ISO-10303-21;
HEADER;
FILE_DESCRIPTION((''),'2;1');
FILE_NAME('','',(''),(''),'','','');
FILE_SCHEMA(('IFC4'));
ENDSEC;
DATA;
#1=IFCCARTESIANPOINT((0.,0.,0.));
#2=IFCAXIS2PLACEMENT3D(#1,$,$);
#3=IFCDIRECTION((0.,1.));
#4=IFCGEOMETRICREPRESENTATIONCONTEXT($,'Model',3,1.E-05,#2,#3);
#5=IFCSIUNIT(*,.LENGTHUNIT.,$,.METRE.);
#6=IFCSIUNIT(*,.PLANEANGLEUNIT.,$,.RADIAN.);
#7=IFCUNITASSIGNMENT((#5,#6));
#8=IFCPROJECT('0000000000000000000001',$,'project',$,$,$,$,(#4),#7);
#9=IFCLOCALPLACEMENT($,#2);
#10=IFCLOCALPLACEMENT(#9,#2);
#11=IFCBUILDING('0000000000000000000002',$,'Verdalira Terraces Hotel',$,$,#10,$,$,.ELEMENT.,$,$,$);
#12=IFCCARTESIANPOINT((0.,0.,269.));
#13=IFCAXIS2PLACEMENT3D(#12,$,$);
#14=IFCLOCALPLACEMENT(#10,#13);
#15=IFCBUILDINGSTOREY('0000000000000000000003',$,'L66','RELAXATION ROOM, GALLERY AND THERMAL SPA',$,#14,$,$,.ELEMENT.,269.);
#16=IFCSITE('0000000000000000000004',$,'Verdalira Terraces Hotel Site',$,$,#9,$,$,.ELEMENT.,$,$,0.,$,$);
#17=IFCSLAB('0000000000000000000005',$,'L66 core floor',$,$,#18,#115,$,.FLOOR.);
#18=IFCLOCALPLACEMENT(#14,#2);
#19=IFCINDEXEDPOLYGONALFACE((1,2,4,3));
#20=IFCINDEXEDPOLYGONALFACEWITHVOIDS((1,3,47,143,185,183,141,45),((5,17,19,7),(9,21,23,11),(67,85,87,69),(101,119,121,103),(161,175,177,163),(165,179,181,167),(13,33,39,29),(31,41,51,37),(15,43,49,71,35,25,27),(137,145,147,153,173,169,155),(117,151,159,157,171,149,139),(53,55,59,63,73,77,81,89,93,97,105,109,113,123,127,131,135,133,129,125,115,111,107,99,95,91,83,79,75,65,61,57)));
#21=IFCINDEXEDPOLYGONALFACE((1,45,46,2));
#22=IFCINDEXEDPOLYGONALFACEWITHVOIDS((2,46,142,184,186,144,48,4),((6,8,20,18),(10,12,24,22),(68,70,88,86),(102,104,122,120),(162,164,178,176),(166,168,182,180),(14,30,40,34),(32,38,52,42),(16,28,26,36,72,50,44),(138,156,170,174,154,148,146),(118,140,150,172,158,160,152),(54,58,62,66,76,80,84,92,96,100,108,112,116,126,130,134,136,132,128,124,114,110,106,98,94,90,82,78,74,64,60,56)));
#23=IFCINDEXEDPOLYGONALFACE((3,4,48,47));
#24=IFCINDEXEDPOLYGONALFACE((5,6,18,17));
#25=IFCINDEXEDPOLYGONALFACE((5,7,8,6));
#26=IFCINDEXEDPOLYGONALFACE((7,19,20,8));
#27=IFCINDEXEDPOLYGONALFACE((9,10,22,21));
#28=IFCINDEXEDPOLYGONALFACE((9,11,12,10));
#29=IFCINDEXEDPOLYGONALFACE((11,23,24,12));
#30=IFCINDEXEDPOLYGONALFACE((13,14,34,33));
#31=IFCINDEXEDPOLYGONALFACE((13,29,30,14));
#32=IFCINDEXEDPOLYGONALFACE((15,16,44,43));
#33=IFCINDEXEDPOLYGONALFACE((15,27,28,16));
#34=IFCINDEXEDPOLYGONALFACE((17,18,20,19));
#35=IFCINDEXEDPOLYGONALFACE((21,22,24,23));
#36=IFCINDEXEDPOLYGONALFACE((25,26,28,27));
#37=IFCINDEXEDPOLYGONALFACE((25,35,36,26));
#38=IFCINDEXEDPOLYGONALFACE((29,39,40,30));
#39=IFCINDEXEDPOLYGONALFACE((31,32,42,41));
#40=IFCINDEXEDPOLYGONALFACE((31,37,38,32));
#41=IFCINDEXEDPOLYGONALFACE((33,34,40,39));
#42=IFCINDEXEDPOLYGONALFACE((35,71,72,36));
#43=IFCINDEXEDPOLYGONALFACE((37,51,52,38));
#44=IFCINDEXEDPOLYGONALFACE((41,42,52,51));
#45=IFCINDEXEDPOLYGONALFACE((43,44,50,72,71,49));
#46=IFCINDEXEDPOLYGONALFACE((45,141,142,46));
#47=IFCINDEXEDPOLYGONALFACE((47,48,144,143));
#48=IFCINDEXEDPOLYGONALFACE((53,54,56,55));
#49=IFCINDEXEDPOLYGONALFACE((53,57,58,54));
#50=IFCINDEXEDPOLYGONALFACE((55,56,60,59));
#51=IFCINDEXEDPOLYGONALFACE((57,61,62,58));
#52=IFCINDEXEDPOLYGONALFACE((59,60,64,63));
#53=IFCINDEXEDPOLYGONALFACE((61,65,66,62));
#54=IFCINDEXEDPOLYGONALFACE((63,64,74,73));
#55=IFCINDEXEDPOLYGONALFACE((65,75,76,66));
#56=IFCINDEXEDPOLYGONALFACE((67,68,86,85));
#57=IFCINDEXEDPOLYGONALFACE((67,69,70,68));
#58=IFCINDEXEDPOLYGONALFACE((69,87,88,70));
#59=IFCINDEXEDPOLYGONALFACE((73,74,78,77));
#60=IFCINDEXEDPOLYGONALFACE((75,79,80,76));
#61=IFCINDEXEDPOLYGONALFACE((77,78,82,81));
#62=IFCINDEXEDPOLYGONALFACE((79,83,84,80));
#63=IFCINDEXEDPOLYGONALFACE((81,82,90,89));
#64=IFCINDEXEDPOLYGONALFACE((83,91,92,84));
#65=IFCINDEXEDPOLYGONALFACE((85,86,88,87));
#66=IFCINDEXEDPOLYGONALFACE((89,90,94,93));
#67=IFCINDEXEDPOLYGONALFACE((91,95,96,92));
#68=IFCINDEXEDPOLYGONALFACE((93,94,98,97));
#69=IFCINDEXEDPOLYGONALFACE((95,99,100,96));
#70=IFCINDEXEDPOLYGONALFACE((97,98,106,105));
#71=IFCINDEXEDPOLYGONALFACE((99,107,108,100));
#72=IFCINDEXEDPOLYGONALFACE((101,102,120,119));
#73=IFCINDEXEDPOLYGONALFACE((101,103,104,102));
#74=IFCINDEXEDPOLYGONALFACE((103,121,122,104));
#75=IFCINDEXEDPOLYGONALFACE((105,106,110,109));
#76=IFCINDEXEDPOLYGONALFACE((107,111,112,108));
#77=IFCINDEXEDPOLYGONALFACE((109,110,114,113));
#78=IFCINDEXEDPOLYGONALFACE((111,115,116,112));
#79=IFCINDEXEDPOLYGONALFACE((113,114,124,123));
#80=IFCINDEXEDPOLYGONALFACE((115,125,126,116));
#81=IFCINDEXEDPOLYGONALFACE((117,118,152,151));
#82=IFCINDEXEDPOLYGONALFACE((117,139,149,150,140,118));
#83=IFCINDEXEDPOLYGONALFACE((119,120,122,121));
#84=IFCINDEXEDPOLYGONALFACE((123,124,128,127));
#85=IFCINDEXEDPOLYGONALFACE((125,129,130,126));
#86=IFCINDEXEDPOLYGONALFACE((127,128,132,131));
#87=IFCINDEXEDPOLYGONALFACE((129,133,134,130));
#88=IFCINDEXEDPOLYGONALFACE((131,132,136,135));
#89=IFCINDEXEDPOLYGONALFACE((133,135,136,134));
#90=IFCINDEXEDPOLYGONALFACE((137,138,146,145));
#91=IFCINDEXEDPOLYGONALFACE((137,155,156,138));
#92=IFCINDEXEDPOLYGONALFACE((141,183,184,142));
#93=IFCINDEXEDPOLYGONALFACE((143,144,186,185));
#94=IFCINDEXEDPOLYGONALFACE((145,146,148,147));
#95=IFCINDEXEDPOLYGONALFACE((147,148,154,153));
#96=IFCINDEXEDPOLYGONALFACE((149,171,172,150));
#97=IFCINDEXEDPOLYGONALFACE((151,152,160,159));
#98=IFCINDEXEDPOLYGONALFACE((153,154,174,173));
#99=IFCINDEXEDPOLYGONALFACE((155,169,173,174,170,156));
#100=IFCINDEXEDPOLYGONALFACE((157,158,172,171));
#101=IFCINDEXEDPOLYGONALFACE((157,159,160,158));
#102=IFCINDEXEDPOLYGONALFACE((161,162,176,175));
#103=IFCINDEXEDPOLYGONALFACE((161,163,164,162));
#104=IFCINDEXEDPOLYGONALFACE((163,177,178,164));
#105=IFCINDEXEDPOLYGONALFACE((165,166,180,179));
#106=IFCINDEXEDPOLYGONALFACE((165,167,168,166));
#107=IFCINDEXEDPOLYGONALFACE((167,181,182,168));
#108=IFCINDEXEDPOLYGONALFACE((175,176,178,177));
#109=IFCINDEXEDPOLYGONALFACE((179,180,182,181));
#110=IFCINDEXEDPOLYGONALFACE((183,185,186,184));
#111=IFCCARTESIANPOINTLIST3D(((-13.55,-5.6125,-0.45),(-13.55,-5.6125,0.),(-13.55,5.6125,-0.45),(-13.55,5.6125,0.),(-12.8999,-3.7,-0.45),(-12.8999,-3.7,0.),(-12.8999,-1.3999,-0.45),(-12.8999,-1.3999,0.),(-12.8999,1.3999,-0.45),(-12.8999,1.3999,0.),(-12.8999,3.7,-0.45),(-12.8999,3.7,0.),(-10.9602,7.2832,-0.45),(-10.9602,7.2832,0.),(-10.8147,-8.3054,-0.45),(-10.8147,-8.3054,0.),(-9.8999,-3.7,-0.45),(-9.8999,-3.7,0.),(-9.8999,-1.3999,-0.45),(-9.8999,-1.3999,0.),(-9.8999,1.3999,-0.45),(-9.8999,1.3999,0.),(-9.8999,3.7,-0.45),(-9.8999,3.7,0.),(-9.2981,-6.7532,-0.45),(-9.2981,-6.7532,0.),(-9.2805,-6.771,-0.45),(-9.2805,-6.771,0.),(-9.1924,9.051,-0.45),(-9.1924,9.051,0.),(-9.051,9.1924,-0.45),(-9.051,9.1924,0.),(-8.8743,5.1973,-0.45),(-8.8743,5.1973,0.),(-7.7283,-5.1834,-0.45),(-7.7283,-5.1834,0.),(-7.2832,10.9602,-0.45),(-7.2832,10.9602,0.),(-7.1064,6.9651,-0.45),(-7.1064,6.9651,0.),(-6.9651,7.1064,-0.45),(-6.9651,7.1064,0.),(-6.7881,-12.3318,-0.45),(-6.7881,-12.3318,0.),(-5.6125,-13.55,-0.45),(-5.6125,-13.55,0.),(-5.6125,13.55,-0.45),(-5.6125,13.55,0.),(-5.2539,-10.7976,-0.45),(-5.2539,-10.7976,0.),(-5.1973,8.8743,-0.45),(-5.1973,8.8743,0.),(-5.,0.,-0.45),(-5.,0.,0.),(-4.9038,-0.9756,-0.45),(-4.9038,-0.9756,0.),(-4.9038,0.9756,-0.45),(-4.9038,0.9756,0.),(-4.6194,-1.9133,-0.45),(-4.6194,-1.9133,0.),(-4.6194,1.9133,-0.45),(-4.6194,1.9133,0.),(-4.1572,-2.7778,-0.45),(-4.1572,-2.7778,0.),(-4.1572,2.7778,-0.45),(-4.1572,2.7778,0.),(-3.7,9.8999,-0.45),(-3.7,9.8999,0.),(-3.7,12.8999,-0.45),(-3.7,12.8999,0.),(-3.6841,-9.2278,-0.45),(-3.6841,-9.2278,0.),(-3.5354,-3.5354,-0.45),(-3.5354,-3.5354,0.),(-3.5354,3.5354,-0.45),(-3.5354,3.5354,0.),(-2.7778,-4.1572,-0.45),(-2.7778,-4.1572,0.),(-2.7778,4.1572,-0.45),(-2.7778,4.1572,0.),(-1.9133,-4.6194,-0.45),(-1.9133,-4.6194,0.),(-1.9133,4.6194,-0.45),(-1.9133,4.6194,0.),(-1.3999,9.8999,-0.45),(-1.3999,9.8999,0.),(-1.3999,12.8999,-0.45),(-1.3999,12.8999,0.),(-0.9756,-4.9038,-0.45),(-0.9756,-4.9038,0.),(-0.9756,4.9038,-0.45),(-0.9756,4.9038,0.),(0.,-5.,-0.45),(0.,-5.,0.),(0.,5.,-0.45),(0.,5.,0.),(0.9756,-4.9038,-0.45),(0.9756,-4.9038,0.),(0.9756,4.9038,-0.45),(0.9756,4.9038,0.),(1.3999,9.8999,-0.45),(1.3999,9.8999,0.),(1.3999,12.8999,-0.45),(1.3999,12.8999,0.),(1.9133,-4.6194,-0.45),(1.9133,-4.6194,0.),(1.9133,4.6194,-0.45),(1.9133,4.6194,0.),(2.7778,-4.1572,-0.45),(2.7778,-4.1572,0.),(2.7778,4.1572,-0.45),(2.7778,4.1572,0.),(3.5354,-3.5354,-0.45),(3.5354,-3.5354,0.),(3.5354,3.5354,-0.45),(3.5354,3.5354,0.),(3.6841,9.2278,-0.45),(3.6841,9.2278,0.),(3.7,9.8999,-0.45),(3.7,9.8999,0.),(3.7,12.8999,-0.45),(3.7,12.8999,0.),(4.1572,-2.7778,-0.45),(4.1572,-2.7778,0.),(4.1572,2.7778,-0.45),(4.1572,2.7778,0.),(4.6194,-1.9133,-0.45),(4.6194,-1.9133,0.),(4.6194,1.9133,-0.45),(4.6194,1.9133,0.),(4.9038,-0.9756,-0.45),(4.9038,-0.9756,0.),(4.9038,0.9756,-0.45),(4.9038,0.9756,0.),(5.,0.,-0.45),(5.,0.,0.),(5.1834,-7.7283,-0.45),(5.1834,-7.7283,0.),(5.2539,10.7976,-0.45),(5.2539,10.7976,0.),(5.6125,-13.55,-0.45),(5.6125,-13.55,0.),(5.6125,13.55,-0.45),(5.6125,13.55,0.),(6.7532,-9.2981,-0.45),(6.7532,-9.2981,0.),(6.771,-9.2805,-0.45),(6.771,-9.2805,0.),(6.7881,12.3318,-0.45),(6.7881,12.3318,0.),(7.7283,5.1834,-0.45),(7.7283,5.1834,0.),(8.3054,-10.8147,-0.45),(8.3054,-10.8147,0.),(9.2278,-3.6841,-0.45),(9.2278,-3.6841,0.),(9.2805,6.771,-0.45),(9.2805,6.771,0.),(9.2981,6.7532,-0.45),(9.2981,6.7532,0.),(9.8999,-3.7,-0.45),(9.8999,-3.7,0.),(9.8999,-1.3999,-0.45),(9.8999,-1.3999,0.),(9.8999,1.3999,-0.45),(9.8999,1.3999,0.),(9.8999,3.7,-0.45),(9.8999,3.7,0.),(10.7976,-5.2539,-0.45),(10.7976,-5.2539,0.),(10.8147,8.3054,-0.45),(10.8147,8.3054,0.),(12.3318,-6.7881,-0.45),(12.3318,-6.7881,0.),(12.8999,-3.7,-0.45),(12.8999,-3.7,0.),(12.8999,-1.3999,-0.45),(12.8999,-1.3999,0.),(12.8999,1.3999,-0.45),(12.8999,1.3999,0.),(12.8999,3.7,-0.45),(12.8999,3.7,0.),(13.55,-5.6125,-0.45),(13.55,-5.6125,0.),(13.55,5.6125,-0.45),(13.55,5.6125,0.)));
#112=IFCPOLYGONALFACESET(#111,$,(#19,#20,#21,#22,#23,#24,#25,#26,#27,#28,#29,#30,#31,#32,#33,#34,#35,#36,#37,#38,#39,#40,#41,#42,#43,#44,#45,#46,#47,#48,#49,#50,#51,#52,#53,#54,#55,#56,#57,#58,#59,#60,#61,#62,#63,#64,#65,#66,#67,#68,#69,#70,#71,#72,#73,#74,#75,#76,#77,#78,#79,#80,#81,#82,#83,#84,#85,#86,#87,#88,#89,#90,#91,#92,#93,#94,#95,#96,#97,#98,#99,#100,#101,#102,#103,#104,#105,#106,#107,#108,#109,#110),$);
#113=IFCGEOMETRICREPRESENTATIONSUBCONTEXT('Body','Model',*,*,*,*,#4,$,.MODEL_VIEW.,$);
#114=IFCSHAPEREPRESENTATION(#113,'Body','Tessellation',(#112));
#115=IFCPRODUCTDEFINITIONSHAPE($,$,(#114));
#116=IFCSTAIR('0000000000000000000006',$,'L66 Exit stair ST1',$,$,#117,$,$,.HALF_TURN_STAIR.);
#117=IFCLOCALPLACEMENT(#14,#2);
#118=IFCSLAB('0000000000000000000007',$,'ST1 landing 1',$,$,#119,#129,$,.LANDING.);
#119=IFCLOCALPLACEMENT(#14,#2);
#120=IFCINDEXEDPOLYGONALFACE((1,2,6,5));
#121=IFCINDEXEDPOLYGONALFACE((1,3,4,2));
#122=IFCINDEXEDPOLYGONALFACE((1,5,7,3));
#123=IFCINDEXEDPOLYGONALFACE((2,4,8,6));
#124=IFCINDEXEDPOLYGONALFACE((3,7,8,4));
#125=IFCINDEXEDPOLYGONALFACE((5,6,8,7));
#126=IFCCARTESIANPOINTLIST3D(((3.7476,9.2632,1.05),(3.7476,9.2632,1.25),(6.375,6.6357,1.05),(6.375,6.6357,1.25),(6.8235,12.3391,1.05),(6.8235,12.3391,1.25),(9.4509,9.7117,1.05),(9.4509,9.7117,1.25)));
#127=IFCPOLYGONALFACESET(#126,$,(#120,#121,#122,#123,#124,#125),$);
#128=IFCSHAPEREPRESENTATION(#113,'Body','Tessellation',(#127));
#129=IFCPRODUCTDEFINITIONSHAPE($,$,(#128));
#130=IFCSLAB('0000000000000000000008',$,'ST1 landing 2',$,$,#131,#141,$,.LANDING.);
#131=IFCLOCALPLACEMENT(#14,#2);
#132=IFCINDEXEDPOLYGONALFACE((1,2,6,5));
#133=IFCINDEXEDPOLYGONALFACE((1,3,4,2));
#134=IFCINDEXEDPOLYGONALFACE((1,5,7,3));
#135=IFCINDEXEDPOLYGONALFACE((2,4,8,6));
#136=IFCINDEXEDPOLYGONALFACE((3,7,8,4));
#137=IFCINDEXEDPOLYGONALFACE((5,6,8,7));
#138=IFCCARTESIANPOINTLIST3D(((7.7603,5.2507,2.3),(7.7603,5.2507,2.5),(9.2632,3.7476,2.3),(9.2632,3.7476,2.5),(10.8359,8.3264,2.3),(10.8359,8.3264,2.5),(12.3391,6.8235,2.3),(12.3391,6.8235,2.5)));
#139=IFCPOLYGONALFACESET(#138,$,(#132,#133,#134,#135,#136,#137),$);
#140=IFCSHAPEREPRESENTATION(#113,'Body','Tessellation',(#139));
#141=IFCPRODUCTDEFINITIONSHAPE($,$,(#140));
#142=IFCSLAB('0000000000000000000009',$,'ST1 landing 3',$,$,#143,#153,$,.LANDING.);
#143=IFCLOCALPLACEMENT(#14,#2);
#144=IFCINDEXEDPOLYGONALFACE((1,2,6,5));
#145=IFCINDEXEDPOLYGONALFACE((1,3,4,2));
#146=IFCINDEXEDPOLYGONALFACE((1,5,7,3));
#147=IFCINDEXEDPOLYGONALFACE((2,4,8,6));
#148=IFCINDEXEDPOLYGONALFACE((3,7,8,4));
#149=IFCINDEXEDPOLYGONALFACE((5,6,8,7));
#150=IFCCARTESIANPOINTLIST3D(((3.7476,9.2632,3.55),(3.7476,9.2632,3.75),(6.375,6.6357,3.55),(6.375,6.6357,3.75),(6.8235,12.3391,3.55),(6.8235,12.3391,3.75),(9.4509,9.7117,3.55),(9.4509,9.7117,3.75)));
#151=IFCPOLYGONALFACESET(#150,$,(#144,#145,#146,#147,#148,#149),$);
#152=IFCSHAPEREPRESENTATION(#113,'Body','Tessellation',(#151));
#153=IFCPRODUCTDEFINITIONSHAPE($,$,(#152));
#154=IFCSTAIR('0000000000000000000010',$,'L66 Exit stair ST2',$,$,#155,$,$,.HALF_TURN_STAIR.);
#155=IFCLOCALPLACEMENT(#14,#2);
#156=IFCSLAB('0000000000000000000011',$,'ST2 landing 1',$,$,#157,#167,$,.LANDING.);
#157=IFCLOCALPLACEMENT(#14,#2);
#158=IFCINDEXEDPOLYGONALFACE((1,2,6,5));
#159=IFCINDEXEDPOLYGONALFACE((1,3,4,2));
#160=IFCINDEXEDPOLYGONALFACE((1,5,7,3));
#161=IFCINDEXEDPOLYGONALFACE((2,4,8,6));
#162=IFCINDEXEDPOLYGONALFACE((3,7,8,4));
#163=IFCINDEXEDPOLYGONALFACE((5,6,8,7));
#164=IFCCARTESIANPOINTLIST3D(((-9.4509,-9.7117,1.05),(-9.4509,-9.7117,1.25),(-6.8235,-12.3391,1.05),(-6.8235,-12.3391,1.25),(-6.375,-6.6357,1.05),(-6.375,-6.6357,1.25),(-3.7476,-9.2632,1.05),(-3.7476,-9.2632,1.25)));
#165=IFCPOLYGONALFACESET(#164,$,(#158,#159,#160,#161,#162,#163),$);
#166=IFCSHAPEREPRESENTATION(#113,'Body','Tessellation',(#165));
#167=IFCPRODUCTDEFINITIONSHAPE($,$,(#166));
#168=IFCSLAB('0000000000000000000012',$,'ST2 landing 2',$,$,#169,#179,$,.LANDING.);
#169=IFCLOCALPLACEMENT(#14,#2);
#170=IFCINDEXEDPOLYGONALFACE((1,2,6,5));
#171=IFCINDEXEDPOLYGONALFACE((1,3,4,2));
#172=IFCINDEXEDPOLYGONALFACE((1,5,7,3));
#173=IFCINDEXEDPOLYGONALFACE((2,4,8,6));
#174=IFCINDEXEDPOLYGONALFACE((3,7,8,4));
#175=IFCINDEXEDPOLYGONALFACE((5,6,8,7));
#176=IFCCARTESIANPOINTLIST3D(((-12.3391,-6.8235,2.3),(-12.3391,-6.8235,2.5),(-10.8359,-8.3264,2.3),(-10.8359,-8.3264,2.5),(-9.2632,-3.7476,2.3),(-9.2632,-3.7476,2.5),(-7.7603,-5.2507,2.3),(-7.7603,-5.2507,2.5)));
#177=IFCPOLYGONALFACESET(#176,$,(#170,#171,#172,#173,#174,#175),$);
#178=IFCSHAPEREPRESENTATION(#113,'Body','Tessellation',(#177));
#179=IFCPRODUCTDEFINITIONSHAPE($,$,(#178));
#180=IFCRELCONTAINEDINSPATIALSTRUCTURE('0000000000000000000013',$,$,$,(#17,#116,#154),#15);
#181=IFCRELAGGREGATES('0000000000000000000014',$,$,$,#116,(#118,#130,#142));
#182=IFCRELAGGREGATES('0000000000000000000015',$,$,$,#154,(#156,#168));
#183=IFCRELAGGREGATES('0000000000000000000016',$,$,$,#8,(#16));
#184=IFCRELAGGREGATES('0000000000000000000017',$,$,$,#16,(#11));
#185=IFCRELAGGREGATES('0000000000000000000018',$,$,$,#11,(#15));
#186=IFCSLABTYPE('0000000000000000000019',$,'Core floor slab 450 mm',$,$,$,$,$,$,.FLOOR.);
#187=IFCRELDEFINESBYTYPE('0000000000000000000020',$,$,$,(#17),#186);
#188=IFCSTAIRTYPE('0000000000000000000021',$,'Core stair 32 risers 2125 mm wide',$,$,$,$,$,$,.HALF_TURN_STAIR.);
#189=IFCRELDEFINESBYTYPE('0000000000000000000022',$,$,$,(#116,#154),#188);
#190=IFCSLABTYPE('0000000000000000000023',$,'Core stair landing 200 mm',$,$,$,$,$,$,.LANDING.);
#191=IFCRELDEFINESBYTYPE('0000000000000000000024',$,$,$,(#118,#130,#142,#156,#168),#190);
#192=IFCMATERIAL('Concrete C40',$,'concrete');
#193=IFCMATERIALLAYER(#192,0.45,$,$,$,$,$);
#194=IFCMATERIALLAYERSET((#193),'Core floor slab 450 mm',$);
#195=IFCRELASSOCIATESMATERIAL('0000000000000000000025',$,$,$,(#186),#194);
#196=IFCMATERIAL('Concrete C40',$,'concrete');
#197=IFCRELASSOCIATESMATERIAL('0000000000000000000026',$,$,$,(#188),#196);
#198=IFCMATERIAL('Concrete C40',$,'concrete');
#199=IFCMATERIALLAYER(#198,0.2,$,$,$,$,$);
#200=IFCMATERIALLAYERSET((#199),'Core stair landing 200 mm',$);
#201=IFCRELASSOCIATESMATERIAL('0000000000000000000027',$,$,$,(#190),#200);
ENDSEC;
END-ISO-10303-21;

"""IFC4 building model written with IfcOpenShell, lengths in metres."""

from ifc_helpers import new_model, si_unit, direction, frame, origin, place, context, subcontext, project, spatial, polyline, outline, extrude, material, layer, layer_set, type_object, element, aggregate, save


model = new_model("IFC4")

# Units and contexts
model_context = context("Model", 3, precision=1e-05, world=origin(), true_north=direction((0.0, 1.0)))
body_context = subcontext(model_context, "Body", "Model", "MODEL_VIEW")
ifc_project = project(units=[si_unit("LENGTHUNIT", "METRE"), si_unit("PLANEANGLEUNIT", "RADIAN")], contexts=[model_context])

# Site, building, storey
site_placement = place(None, origin())
site = spatial("IfcSite", under=ifc_project, at=site_placement, Name="Verdalira Terraces Hotel Site", CompositionType="ELEMENT", RefElevation=0.0)
building_placement = place(site_placement, origin())
building = spatial("IfcBuilding", under=site, at=building_placement, Name="Verdalira Terraces Hotel", CompositionType="ELEMENT")
storey_placement = place(building_placement, frame((0.0, 0.0, 269.0)))
storey = spatial("IfcBuildingStorey", under=building, at=storey_placement, Name="L66", Description="RELAXATION ROOM, GALLERY AND THERMAL SPA", CompositionType="ELEMENT", Elevation=269.0)

# Slab
ifc_material_1 = material(Name="Concrete C40", Category="concrete")
ifc_layer_1 = layer(ifc_material_1, 0.45)
ifc_layer_set_1 = layer_set([ifc_layer_1], Name="Core floor slab 450 mm")
slab_type_1 = type_object("IfcSlabType", Name="Core floor slab 450 mm", PredefinedType="FLOOR", material=ifc_layer_set_1)
slab_1_placement = place(storey_placement, frame((0.0, 0.0, -0.45)))
element("IfcSlab", 1, at=slab_1_placement, inside=storey, type_object=slab_type_1, Name="L66 core floor", PredefinedType="FLOOR", context=body_context, shape_type="SweptSolid", body=[
    extrude(outline(polyline([(-13.55, -5.6125), (-13.55, 5.6125), (-5.6125, 13.55), (5.6125, 13.55), (13.55, 5.6125), (13.55, -5.6125), (5.6125, -13.55), (-5.6125, -13.55), (-13.55, -5.6125)]), holes=[polyline([(9.8999, -1.3999), (9.8999, -3.7), (12.8999, -3.7), (12.8999, -1.3999), (9.8999, -1.3999)]), polyline([(9.8999, 3.7), (9.8999, 1.3999), (12.8999, 1.3999), (12.8999, 3.7), (9.8999, 3.7)]), polyline([(3.7, 12.8999), (1.3999, 12.8999), (1.3999, 9.8999), (3.7, 9.8999), (3.7, 12.8999)]), polyline([(-1.3999, 12.8999), (-3.7, 12.8999), (-3.7, 9.8999), (-1.3999, 9.8999), (-1.3999, 12.8999)]), polyline([(-9.8999, 1.3999), (-9.8999, 3.7), (-12.8999, 3.7), (-12.8999, 1.3999), (-9.8999, 1.3999)]), polyline([(-9.8999, -3.7), (-9.8999, -1.3999), (-12.8999, -1.3999), (-12.8999, -3.7), (-9.8999, -3.7)]), polyline([(-9.051, 9.1924), (-6.9651, 7.1064), (-5.1973, 8.8743), (-7.2832, 10.9602), (-9.051, 9.1924)]), polyline([(-9.1924, 9.051), (-10.9602, 7.2832), (-8.8743, 5.1973), (-7.1064, 6.9651), (-9.1924, 9.051)]), polyline([(3.5354, 3.5354), (2.7778, 4.1572), (1.9133, 4.6194), (0.9756, 4.9038), (0.0, 5.0), (-0.9756, 4.9038), (-1.9133, 4.6194), (-2.7778, 4.1572), (-3.5354, 3.5354), (-4.1572, 2.7778), (-4.6194, 1.9133), (-4.9038, 0.9756), (-5.0, 0.0), (-4.9038, -0.9756), (-4.6194, -1.9133), (-4.1572, -2.7778), (-3.5354, -3.5354), (-2.7778, -4.1572), (-1.9133, -4.6194), (-0.9756, -4.9038), (0.0, -5.0), (0.9756, -4.9038), (1.9133, -4.6194), (2.7778, -4.1572), (3.5354, -3.5354), (4.1572, -2.7778), (4.6194, -1.9133), (4.9038, -0.9756), (5.0, 0.0), (4.9038, 0.9756), (4.6194, 1.9133), (4.1572, 2.7778), (3.5354, 3.5354)]), polyline([(6.7881, 12.3318), (5.2539, 10.7976), (5.2539, 10.7976), (3.6841, 9.2278), (7.7283, 5.1833), (9.2981, 6.7532), (9.2805, 6.771), (10.8147, 8.3054), (6.7881, 12.3318)]), polyline([(-5.2539, -10.7976), (-3.6841, -9.2278), (-7.7283, -5.1833), (-9.2981, -6.7532), (-9.2805, -6.771), (-10.8147, -8.3054), (-6.7881, -12.3318), (-5.2539, -10.7976), (-5.2539, -10.7976)]), polyline([(10.7976, -5.2539), (10.7976, -5.2539), (9.2278, -3.6841), (5.1833, -7.7283), (6.7532, -9.2981), (6.771, -9.2805), (8.3054, -10.8147), (12.3318, -6.7881), (10.7976, -5.2539)])]), origin(), (0.0, 0.0, 1.0), 0.45),
])

# Stairs, slabs
ifc_material_2 = material(Name="Concrete C40", Category="concrete")
stair_type = type_object("IfcStairType", Name="Core stair 32 risers 2125 mm wide", PredefinedType="HALF_TURN_STAIR", material=ifc_material_2)
stair_1_placement = place(storey_placement, origin())
stair_1 = element("IfcStair", 2, at=stair_1_placement, inside=storey, type_object=stair_type, Name="L66 Exit stair ST1", PredefinedType="HALF_TURN_STAIR")
ifc_material_3 = material(Name="Concrete C40", Category="concrete")
ifc_layer_2 = layer(ifc_material_3, 0.2)
ifc_layer_set_2 = layer_set([ifc_layer_2], Name="Core stair landing 200 mm")
slab_type_2 = type_object("IfcSlabType", Name="Core stair landing 200 mm", PredefinedType="LANDING", material=ifc_layer_set_2)
slab_2_placement = place(storey_placement, frame((0.0, 0.0, 1.05)))
slab_2 = element("IfcSlab", 3, at=slab_2_placement, type_object=slab_type_2, Name="ST1 landing 1", PredefinedType="LANDING", context=body_context, shape_type="SweptSolid", body=[
    extrude(outline(polyline([(9.4509, 9.7117), (6.8235, 12.3391), (3.7476, 9.2632), (6.375, 6.6357), (9.4509, 9.7117)])), origin(), (0.0, 0.0, 1.0), 0.2),
])
slab_3_placement = place(storey_placement, frame((0.0, 0.0, 2.3)))
slab_3 = element("IfcSlab", 4, at=slab_3_placement, type_object=slab_type_2, Name="ST1 landing 2", PredefinedType="LANDING", context=body_context, shape_type="SweptSolid", body=[
    extrude(outline(polyline([(12.3391, 6.8235), (10.8359, 8.3264), (7.7603, 5.2507), (9.2632, 3.7476), (12.3391, 6.8235)])), origin(), (0.0, 0.0, 1.0), 0.2),
])
slab_4_placement = place(storey_placement, frame((0.0, 0.0, 3.55)))
slab_4 = element("IfcSlab", 5, at=slab_4_placement, type_object=slab_type_2, Name="ST1 landing 3", PredefinedType="LANDING", context=body_context, shape_type="SweptSolid", body=[
    extrude(outline(polyline([(9.4509, 9.7117), (6.8235, 12.3391), (3.7476, 9.2632), (6.375, 6.6357), (9.4509, 9.7117)])), origin(), (0.0, 0.0, 1.0), 0.2),
])
aggregate(stair_1, [slab_2, slab_3, slab_4])
stair_2_placement = place(storey_placement, origin())
stair_2 = element("IfcStair", 6, at=stair_2_placement, inside=storey, type_object=stair_type, Name="L66 Exit stair ST2", PredefinedType="HALF_TURN_STAIR")
slab_5_placement = place(storey_placement, frame((0.0, 0.0, 1.05)))
slab_5 = element("IfcSlab", 7, at=slab_5_placement, type_object=slab_type_2, Name="ST2 landing 1", PredefinedType="LANDING", context=body_context, shape_type="SweptSolid", body=[
    extrude(outline(polyline([(-9.4509, -9.7117), (-6.8235, -12.3391), (-3.7476, -9.2632), (-6.375, -6.6357), (-9.4509, -9.7117)])), origin(), (0.0, 0.0, 1.0), 0.2),
])
slab_6_placement = place(storey_placement, frame((0.0, 0.0, 2.3)))
slab_6 = element("IfcSlab", 8, at=slab_6_placement, type_object=slab_type_2, Name="ST2 landing 2", PredefinedType="LANDING", context=body_context, shape_type="SweptSolid", body=[
    extrude(outline(polyline([(-12.3391, -6.8235), (-10.8359, -8.3264), (-7.7603, -5.2507), (-9.2632, -3.7476), (-12.3391, -6.8235)])), origin(), (0.0, 0.0, 1.0), 0.2),
])
aggregate(stair_2, [slab_5, slab_6])

save(model, "model.ifc")
